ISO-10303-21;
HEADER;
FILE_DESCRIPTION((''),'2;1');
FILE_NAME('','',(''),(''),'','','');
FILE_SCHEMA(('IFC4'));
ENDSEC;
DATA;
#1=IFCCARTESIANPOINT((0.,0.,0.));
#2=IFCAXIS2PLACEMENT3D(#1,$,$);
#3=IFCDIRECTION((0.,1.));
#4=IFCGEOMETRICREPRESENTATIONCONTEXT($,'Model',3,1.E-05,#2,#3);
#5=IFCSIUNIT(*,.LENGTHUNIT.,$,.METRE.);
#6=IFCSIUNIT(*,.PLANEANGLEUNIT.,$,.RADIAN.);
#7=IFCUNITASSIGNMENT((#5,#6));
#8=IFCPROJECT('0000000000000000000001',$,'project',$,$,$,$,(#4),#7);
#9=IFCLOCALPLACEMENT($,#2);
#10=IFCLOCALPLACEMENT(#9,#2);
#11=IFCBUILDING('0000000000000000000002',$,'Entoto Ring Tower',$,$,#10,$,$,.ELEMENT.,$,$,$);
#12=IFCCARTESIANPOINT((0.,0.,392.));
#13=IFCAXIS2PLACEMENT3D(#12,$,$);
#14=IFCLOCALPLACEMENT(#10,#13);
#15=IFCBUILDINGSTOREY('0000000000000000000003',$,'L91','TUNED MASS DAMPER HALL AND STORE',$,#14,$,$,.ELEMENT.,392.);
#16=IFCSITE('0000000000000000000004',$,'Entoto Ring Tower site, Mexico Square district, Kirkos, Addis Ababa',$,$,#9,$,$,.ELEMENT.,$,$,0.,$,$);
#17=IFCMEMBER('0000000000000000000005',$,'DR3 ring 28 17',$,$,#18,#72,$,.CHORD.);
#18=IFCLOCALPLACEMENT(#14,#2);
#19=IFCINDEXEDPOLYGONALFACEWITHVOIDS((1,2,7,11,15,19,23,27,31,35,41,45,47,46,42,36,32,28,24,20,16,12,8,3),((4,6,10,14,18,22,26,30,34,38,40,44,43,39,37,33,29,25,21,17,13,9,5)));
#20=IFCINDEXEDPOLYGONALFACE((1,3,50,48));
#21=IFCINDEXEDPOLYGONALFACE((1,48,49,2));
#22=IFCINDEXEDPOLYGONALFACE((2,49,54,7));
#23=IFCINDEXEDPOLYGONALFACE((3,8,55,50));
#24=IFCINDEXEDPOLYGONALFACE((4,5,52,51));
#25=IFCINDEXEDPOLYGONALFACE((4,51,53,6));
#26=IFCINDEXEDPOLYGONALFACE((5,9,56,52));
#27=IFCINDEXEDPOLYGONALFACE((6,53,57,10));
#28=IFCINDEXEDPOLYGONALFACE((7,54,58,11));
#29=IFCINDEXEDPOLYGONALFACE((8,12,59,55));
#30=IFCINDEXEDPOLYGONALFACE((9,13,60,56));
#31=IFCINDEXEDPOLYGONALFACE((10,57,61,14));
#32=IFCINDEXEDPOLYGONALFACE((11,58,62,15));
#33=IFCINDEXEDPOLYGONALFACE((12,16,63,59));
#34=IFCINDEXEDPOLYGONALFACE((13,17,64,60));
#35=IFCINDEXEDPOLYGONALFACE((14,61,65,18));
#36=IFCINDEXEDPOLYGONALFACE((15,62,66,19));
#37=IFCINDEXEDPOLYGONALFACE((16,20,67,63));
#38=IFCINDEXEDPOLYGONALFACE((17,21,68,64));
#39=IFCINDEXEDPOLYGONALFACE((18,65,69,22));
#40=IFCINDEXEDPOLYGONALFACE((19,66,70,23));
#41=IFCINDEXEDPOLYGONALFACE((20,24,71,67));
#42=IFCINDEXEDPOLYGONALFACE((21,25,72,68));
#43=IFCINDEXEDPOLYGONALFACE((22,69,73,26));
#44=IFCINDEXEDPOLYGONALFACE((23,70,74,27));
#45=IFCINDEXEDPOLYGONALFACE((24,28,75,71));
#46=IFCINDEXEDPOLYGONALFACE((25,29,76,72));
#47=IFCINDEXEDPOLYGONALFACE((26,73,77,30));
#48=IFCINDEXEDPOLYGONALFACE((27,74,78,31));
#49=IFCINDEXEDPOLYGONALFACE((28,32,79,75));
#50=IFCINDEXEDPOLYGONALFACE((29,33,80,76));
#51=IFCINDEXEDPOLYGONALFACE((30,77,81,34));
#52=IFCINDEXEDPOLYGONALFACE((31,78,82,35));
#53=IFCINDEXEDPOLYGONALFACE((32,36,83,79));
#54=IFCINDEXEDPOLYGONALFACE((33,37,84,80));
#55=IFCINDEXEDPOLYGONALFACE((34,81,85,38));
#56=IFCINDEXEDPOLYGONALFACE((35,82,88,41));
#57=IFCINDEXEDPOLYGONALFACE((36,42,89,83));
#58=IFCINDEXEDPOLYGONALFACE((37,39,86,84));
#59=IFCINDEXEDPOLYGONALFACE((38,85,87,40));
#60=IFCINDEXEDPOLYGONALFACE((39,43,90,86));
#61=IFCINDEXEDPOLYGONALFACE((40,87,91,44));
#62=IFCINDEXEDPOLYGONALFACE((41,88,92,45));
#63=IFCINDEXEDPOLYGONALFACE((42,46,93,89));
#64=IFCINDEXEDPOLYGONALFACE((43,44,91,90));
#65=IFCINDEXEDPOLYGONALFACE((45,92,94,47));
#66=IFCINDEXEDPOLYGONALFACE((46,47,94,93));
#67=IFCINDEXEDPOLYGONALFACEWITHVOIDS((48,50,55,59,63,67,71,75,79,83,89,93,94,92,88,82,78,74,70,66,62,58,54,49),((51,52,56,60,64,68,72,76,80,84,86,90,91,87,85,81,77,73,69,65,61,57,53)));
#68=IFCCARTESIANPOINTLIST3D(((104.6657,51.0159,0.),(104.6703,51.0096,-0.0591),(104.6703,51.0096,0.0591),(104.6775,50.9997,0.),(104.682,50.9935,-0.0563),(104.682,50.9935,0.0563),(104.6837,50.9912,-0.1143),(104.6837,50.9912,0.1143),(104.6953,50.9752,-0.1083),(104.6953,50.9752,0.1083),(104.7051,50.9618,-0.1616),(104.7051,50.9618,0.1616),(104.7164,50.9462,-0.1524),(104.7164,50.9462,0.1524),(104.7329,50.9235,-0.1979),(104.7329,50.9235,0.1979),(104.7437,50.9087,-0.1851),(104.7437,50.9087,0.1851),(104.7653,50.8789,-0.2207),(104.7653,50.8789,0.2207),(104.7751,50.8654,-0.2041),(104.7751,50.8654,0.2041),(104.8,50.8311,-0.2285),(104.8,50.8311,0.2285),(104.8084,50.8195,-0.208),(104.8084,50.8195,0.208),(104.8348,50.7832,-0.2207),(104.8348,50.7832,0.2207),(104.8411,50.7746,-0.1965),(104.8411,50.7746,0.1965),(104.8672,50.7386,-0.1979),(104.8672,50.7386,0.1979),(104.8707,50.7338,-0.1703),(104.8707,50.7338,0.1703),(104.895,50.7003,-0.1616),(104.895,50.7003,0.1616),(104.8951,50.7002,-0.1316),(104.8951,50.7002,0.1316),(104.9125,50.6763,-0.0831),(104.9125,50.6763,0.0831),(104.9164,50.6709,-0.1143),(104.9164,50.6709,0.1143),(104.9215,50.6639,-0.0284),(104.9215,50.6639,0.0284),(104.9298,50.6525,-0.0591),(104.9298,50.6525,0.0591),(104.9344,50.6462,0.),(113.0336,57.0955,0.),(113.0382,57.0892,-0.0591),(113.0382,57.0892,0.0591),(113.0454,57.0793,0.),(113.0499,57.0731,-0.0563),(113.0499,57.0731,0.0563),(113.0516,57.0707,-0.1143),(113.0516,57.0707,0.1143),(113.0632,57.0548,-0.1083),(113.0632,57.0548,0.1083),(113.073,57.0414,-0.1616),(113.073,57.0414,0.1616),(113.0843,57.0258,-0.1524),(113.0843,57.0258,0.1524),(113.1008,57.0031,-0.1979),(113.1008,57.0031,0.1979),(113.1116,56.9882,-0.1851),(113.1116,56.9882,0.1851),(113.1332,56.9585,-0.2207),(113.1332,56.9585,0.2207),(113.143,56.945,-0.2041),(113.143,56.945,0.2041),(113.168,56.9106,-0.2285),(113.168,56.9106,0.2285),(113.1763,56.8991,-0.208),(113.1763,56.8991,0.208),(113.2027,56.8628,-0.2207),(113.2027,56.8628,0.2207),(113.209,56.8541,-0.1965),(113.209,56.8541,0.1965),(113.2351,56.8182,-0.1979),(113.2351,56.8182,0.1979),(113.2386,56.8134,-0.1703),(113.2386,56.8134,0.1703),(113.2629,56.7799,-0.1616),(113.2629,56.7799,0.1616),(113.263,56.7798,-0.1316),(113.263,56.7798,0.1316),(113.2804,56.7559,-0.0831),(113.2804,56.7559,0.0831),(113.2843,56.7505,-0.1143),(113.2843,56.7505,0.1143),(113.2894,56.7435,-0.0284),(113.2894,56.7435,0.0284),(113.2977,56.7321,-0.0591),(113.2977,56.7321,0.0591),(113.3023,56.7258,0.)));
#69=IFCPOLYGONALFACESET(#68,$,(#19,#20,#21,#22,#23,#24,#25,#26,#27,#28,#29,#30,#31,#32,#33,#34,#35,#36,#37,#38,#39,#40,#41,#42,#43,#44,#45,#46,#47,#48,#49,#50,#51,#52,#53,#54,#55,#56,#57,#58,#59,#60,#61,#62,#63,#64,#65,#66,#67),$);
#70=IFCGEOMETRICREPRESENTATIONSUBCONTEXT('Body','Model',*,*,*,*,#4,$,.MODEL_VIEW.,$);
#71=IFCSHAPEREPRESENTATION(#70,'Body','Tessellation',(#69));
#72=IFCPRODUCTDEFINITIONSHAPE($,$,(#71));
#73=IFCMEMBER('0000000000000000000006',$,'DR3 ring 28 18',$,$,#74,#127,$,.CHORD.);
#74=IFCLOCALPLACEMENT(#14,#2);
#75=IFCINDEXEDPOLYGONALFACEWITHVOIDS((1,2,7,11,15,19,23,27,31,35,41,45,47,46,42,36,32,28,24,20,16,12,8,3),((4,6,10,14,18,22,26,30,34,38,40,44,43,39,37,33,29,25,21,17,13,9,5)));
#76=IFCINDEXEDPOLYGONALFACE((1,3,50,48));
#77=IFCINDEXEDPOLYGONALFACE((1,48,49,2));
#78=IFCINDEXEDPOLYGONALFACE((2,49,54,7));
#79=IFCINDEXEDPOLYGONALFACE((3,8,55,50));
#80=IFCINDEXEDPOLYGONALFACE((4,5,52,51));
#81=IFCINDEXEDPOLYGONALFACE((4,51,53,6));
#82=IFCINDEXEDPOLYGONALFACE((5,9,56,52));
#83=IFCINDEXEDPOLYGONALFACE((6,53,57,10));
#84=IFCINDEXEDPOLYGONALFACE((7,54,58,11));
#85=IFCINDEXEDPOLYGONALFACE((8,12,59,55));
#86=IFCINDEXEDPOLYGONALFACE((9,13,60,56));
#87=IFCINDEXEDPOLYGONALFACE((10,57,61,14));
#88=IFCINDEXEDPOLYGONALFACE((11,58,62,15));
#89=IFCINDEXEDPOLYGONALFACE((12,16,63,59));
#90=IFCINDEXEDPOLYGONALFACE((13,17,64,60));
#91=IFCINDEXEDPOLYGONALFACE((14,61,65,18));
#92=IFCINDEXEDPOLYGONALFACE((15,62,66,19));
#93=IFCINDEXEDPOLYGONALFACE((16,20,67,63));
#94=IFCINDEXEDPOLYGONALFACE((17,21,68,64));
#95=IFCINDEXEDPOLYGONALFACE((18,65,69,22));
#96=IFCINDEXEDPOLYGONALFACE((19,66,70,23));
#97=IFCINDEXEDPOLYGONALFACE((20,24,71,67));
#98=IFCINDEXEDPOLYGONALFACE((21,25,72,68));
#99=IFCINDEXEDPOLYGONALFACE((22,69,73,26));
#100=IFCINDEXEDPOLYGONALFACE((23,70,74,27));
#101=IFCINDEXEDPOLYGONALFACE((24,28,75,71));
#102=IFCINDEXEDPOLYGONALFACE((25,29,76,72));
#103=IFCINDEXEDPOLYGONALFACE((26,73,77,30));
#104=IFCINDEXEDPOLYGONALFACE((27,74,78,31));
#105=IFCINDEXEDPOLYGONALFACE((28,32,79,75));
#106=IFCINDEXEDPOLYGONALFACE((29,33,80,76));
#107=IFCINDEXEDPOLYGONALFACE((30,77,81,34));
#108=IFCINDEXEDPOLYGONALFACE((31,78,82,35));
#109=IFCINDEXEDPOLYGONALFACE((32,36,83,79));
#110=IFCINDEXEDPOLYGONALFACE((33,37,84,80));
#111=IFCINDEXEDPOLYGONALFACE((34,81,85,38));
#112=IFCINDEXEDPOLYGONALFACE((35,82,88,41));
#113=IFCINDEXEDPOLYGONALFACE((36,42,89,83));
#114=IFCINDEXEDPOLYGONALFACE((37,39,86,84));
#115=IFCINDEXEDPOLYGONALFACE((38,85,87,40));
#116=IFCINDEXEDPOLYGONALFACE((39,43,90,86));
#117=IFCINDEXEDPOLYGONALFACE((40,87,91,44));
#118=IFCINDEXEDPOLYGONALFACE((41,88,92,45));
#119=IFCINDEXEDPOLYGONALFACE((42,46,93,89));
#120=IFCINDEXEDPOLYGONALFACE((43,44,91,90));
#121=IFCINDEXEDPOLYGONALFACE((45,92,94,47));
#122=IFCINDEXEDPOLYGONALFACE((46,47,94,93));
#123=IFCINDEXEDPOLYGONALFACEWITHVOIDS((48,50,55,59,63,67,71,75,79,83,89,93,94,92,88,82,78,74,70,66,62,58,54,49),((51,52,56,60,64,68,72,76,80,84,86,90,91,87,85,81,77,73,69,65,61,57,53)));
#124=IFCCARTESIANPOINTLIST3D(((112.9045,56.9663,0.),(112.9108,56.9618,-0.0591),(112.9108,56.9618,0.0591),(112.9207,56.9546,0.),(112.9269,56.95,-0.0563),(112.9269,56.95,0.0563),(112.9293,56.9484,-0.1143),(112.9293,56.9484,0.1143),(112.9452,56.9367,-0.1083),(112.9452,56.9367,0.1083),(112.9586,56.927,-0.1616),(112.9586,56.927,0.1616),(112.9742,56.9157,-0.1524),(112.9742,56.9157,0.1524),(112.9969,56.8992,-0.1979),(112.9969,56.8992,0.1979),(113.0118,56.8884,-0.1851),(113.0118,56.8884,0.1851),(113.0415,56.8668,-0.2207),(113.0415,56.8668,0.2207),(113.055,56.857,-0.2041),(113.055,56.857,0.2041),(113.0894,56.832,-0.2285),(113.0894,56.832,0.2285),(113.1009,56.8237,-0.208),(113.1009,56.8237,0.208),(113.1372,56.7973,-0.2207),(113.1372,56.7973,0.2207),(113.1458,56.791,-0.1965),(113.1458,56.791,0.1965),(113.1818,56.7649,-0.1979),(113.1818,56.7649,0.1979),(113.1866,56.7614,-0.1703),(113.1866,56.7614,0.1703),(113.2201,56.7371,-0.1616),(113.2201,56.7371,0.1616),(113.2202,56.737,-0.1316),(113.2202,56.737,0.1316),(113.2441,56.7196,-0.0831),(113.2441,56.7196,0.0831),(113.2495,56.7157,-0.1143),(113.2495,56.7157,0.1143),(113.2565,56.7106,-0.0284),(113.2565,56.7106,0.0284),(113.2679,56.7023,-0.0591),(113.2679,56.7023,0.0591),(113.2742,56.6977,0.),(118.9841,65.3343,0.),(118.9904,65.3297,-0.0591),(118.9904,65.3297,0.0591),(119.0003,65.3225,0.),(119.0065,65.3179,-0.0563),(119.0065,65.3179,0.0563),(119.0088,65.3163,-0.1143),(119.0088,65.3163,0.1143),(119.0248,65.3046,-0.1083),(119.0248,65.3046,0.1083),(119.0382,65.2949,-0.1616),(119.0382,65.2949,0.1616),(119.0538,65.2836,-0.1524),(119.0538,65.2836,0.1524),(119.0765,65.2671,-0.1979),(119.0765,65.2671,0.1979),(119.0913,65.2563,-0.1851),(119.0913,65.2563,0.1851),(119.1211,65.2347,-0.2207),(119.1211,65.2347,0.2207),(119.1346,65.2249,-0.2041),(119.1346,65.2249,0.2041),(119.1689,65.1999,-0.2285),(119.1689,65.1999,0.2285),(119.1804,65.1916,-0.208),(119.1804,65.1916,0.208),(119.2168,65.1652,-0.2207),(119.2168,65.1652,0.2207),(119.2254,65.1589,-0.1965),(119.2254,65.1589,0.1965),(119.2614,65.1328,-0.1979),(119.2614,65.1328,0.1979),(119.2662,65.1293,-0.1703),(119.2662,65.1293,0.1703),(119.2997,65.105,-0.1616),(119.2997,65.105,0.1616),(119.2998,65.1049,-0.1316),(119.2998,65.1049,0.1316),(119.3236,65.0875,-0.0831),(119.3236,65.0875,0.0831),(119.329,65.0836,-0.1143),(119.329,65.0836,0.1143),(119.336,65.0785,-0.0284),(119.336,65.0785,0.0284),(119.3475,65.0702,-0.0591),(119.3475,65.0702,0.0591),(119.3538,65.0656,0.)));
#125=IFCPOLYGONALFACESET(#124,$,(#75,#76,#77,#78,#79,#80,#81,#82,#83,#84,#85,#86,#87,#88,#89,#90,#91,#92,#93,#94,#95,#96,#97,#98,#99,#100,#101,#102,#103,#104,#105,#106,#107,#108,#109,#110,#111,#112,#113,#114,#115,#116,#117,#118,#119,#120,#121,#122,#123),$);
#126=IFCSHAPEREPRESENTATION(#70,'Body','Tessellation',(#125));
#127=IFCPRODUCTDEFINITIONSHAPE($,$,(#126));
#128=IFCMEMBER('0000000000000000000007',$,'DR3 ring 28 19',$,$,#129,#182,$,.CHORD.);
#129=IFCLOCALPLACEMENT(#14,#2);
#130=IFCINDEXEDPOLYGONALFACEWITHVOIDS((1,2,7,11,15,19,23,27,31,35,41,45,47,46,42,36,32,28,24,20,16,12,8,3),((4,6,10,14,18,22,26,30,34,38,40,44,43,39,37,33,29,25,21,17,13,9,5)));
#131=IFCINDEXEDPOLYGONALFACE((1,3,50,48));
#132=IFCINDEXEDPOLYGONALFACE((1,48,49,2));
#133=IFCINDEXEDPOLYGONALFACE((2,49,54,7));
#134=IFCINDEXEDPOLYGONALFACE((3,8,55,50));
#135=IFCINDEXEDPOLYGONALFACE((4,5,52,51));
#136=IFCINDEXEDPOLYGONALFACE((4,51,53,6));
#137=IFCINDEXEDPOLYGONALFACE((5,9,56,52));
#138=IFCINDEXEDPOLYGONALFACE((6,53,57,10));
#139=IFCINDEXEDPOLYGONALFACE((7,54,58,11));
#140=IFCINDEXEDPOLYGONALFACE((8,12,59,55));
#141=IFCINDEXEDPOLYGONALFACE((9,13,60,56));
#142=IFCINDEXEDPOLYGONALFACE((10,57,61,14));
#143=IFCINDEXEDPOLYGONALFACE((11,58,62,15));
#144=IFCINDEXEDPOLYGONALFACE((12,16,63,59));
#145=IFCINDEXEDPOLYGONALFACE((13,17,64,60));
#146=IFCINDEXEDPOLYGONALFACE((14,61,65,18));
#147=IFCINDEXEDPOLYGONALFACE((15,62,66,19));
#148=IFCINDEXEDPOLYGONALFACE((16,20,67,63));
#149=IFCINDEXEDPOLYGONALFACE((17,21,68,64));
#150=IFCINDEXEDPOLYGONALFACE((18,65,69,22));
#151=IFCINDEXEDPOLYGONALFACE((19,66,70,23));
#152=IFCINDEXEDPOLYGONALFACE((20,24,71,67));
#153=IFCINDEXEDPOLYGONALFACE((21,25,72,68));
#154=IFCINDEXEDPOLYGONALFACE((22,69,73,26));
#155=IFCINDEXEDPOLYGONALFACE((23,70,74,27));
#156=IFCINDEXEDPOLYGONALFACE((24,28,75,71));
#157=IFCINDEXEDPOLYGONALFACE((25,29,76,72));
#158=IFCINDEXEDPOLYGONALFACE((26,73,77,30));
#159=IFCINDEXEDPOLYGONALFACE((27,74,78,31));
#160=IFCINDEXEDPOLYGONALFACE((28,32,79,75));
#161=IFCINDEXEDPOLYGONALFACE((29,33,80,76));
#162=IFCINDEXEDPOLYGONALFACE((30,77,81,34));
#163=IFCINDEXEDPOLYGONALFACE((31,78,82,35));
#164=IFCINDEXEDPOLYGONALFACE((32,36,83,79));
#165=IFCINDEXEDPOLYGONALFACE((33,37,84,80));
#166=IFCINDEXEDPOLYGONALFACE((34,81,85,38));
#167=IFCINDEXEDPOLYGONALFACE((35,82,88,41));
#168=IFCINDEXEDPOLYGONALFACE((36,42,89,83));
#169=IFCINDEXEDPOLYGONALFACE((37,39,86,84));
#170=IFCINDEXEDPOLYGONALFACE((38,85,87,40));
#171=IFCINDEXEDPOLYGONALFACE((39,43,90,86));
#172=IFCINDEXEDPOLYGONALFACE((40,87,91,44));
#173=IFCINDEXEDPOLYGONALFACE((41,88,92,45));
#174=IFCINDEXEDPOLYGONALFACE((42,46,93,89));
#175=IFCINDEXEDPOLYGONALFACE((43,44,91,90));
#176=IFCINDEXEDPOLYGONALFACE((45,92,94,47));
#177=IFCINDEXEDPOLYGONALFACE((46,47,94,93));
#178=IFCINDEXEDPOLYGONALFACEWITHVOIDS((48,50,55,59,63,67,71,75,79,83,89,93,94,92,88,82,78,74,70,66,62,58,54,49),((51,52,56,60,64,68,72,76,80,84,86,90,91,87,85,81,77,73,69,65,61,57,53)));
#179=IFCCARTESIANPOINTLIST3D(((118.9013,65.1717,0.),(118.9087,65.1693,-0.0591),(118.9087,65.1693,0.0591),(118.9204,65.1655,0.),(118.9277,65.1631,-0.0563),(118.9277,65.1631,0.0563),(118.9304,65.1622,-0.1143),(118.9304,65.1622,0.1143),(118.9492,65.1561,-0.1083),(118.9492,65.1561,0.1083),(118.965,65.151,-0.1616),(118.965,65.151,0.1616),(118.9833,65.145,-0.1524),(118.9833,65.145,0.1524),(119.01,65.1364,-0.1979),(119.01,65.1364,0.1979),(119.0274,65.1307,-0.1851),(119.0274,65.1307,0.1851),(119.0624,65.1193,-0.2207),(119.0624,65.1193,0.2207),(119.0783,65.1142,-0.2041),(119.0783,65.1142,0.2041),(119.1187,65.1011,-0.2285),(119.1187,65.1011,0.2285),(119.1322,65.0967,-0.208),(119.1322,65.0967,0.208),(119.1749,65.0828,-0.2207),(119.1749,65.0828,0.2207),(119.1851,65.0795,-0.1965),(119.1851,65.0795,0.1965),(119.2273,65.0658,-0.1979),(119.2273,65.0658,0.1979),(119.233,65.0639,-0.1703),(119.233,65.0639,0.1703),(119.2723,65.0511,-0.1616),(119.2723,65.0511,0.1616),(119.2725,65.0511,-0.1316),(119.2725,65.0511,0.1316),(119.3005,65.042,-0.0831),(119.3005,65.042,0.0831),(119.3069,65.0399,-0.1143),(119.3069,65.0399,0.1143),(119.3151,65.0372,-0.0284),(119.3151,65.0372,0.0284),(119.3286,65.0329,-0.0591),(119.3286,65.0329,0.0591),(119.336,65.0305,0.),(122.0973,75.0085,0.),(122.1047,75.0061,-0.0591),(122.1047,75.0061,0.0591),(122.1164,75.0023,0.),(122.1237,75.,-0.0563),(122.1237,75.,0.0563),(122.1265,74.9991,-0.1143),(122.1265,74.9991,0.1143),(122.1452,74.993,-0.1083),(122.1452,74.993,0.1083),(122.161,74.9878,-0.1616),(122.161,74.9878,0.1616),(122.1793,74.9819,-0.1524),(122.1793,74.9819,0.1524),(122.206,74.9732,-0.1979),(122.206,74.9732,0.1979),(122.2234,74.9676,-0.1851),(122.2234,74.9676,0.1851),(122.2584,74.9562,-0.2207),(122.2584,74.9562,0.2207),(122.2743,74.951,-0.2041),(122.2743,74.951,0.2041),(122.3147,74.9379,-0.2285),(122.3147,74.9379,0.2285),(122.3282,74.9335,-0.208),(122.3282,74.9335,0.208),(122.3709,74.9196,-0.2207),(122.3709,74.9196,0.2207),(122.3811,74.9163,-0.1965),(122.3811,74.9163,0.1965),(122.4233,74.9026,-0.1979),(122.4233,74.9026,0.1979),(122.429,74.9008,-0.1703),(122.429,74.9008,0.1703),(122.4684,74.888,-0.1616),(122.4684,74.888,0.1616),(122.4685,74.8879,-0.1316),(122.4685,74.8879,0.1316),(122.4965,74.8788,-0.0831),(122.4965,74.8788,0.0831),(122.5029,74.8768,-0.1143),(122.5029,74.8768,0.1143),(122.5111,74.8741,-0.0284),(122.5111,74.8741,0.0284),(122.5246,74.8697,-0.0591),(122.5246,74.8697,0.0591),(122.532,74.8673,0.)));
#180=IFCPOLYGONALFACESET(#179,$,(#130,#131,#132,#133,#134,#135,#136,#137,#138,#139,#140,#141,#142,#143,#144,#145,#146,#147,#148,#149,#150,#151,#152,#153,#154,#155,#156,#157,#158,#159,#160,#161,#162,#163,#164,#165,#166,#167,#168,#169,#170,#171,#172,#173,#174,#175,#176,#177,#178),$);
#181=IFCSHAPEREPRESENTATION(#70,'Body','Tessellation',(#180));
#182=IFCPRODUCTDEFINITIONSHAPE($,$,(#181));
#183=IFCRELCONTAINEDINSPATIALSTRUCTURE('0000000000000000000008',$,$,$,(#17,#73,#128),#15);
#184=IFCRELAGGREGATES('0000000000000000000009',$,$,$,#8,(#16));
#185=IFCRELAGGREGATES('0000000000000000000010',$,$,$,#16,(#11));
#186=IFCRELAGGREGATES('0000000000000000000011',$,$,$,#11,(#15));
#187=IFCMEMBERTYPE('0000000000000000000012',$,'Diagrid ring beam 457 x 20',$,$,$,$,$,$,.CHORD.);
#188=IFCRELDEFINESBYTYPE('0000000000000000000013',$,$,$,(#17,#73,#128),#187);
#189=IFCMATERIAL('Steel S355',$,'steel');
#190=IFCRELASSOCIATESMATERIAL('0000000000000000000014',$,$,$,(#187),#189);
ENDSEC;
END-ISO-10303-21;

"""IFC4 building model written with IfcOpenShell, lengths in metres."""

from ifc_helpers import new_model, si_unit, direction, frame, origin, origin_2d, place, context, subcontext, project, spatial, circle, hollow_circle, extrude, material, material_profile, profile_set, type_object, element, save


model = new_model("IFC4")

# Units and contexts
model_context = context("Model", 3, precision=1e-05, world=origin(), true_north=direction((0.0, 1.0)))
body_context = subcontext(model_context, "Body", "Model", "MODEL_VIEW")
ifc_project = project(units=[si_unit("LENGTHUNIT", "METRE"), si_unit("PLANEANGLEUNIT", "RADIAN")], contexts=[model_context])

# Site, building, storey
site_placement = place(None, origin())
site = spatial("IfcSite", under=ifc_project, at=site_placement, Name="Entoto Ring Tower site, Mexico Square district, Kirkos, Addis Ababa", CompositionType="ELEMENT", RefElevation=0.0)
building_placement = place(site_placement, origin())
building = spatial("IfcBuilding", under=site, at=building_placement, Name="Entoto Ring Tower", CompositionType="ELEMENT")
storey_placement = place(building_placement, frame((0.0, 0.0, 392.0)))
storey = spatial("IfcBuildingStorey", under=building, at=storey_placement, Name="L91", Description="TUNED MASS DAMPER HALL AND STORE", CompositionType="ELEMENT", Elevation=392.0)

# Members
ifc_material_1 = material(Name="Steel S355", Category="steel")
ifc_material_profile_1 = material_profile(ifc_material_1, hollow_circle(Radius=0.2285, WallThickness=0.02, at=origin_2d()), Name="CHS 457 x 20")
ifc_material_2 = material(Name="Concrete C60/75", Category="concrete")
ifc_material_profile_2 = material_profile(ifc_material_2, circle(Radius=0.2085, at=origin_2d()), Name="Concrete C60/75 infill")
ifc_profile_set_1 = profile_set([ifc_material_profile_1, ifc_material_profile_2], Name="Steel S355")
member_type_1 = type_object("IfcMemberType", Name="Diagrid ring beam 457 x 20", PredefinedType="CHORD", material=ifc_profile_set_1)
for number, where, z_axis, x_axis, name in (
    (1, (104.8, 50.8311, 0.0), (0.80902, 0.587781, 0.0), (-0.587781, 0.80902, 0.0), "DR3 ring 28 17"),
    (2, (113.0894, 56.832, 0.0), (0.587781, 0.80902, 0.0), (-0.80902, 0.587781, 0.0), "DR3 ring 28 18"),
):
    element("IfcMember", number, at=place(storey_placement, frame(where, z_axis=z_axis, x_axis=x_axis)), inside=storey, type_object=member_type_1, Name=name, PredefinedType="CHORD", context=body_context, shape_type="SweptSolid", body=[
        extrude(hollow_circle(Radius=0.2285, WallThickness=0.02, at=origin_2d()), origin(), (0.0, 0.0, 1.0), 10.3433),
    ])
member_1_placement = place(storey_placement, frame((119.1187, 65.1011, 0.0), z_axis=(0.309003, 0.951061, 0.0), x_axis=(-0.951061, 0.309003, 0.0)))
element("IfcMember", 3, at=member_1_placement, inside=storey, type_object=member_type_1, Name="DR3 ring 28 19", PredefinedType="CHORD", context=body_context, shape_type="SweptSolid", body=[
    extrude(hollow_circle(Radius=0.2285, WallThickness=0.02, at=origin_2d()), origin(), (0.0, 0.0, 1.0), 10.343),
])

save(model, "model.ifc")
